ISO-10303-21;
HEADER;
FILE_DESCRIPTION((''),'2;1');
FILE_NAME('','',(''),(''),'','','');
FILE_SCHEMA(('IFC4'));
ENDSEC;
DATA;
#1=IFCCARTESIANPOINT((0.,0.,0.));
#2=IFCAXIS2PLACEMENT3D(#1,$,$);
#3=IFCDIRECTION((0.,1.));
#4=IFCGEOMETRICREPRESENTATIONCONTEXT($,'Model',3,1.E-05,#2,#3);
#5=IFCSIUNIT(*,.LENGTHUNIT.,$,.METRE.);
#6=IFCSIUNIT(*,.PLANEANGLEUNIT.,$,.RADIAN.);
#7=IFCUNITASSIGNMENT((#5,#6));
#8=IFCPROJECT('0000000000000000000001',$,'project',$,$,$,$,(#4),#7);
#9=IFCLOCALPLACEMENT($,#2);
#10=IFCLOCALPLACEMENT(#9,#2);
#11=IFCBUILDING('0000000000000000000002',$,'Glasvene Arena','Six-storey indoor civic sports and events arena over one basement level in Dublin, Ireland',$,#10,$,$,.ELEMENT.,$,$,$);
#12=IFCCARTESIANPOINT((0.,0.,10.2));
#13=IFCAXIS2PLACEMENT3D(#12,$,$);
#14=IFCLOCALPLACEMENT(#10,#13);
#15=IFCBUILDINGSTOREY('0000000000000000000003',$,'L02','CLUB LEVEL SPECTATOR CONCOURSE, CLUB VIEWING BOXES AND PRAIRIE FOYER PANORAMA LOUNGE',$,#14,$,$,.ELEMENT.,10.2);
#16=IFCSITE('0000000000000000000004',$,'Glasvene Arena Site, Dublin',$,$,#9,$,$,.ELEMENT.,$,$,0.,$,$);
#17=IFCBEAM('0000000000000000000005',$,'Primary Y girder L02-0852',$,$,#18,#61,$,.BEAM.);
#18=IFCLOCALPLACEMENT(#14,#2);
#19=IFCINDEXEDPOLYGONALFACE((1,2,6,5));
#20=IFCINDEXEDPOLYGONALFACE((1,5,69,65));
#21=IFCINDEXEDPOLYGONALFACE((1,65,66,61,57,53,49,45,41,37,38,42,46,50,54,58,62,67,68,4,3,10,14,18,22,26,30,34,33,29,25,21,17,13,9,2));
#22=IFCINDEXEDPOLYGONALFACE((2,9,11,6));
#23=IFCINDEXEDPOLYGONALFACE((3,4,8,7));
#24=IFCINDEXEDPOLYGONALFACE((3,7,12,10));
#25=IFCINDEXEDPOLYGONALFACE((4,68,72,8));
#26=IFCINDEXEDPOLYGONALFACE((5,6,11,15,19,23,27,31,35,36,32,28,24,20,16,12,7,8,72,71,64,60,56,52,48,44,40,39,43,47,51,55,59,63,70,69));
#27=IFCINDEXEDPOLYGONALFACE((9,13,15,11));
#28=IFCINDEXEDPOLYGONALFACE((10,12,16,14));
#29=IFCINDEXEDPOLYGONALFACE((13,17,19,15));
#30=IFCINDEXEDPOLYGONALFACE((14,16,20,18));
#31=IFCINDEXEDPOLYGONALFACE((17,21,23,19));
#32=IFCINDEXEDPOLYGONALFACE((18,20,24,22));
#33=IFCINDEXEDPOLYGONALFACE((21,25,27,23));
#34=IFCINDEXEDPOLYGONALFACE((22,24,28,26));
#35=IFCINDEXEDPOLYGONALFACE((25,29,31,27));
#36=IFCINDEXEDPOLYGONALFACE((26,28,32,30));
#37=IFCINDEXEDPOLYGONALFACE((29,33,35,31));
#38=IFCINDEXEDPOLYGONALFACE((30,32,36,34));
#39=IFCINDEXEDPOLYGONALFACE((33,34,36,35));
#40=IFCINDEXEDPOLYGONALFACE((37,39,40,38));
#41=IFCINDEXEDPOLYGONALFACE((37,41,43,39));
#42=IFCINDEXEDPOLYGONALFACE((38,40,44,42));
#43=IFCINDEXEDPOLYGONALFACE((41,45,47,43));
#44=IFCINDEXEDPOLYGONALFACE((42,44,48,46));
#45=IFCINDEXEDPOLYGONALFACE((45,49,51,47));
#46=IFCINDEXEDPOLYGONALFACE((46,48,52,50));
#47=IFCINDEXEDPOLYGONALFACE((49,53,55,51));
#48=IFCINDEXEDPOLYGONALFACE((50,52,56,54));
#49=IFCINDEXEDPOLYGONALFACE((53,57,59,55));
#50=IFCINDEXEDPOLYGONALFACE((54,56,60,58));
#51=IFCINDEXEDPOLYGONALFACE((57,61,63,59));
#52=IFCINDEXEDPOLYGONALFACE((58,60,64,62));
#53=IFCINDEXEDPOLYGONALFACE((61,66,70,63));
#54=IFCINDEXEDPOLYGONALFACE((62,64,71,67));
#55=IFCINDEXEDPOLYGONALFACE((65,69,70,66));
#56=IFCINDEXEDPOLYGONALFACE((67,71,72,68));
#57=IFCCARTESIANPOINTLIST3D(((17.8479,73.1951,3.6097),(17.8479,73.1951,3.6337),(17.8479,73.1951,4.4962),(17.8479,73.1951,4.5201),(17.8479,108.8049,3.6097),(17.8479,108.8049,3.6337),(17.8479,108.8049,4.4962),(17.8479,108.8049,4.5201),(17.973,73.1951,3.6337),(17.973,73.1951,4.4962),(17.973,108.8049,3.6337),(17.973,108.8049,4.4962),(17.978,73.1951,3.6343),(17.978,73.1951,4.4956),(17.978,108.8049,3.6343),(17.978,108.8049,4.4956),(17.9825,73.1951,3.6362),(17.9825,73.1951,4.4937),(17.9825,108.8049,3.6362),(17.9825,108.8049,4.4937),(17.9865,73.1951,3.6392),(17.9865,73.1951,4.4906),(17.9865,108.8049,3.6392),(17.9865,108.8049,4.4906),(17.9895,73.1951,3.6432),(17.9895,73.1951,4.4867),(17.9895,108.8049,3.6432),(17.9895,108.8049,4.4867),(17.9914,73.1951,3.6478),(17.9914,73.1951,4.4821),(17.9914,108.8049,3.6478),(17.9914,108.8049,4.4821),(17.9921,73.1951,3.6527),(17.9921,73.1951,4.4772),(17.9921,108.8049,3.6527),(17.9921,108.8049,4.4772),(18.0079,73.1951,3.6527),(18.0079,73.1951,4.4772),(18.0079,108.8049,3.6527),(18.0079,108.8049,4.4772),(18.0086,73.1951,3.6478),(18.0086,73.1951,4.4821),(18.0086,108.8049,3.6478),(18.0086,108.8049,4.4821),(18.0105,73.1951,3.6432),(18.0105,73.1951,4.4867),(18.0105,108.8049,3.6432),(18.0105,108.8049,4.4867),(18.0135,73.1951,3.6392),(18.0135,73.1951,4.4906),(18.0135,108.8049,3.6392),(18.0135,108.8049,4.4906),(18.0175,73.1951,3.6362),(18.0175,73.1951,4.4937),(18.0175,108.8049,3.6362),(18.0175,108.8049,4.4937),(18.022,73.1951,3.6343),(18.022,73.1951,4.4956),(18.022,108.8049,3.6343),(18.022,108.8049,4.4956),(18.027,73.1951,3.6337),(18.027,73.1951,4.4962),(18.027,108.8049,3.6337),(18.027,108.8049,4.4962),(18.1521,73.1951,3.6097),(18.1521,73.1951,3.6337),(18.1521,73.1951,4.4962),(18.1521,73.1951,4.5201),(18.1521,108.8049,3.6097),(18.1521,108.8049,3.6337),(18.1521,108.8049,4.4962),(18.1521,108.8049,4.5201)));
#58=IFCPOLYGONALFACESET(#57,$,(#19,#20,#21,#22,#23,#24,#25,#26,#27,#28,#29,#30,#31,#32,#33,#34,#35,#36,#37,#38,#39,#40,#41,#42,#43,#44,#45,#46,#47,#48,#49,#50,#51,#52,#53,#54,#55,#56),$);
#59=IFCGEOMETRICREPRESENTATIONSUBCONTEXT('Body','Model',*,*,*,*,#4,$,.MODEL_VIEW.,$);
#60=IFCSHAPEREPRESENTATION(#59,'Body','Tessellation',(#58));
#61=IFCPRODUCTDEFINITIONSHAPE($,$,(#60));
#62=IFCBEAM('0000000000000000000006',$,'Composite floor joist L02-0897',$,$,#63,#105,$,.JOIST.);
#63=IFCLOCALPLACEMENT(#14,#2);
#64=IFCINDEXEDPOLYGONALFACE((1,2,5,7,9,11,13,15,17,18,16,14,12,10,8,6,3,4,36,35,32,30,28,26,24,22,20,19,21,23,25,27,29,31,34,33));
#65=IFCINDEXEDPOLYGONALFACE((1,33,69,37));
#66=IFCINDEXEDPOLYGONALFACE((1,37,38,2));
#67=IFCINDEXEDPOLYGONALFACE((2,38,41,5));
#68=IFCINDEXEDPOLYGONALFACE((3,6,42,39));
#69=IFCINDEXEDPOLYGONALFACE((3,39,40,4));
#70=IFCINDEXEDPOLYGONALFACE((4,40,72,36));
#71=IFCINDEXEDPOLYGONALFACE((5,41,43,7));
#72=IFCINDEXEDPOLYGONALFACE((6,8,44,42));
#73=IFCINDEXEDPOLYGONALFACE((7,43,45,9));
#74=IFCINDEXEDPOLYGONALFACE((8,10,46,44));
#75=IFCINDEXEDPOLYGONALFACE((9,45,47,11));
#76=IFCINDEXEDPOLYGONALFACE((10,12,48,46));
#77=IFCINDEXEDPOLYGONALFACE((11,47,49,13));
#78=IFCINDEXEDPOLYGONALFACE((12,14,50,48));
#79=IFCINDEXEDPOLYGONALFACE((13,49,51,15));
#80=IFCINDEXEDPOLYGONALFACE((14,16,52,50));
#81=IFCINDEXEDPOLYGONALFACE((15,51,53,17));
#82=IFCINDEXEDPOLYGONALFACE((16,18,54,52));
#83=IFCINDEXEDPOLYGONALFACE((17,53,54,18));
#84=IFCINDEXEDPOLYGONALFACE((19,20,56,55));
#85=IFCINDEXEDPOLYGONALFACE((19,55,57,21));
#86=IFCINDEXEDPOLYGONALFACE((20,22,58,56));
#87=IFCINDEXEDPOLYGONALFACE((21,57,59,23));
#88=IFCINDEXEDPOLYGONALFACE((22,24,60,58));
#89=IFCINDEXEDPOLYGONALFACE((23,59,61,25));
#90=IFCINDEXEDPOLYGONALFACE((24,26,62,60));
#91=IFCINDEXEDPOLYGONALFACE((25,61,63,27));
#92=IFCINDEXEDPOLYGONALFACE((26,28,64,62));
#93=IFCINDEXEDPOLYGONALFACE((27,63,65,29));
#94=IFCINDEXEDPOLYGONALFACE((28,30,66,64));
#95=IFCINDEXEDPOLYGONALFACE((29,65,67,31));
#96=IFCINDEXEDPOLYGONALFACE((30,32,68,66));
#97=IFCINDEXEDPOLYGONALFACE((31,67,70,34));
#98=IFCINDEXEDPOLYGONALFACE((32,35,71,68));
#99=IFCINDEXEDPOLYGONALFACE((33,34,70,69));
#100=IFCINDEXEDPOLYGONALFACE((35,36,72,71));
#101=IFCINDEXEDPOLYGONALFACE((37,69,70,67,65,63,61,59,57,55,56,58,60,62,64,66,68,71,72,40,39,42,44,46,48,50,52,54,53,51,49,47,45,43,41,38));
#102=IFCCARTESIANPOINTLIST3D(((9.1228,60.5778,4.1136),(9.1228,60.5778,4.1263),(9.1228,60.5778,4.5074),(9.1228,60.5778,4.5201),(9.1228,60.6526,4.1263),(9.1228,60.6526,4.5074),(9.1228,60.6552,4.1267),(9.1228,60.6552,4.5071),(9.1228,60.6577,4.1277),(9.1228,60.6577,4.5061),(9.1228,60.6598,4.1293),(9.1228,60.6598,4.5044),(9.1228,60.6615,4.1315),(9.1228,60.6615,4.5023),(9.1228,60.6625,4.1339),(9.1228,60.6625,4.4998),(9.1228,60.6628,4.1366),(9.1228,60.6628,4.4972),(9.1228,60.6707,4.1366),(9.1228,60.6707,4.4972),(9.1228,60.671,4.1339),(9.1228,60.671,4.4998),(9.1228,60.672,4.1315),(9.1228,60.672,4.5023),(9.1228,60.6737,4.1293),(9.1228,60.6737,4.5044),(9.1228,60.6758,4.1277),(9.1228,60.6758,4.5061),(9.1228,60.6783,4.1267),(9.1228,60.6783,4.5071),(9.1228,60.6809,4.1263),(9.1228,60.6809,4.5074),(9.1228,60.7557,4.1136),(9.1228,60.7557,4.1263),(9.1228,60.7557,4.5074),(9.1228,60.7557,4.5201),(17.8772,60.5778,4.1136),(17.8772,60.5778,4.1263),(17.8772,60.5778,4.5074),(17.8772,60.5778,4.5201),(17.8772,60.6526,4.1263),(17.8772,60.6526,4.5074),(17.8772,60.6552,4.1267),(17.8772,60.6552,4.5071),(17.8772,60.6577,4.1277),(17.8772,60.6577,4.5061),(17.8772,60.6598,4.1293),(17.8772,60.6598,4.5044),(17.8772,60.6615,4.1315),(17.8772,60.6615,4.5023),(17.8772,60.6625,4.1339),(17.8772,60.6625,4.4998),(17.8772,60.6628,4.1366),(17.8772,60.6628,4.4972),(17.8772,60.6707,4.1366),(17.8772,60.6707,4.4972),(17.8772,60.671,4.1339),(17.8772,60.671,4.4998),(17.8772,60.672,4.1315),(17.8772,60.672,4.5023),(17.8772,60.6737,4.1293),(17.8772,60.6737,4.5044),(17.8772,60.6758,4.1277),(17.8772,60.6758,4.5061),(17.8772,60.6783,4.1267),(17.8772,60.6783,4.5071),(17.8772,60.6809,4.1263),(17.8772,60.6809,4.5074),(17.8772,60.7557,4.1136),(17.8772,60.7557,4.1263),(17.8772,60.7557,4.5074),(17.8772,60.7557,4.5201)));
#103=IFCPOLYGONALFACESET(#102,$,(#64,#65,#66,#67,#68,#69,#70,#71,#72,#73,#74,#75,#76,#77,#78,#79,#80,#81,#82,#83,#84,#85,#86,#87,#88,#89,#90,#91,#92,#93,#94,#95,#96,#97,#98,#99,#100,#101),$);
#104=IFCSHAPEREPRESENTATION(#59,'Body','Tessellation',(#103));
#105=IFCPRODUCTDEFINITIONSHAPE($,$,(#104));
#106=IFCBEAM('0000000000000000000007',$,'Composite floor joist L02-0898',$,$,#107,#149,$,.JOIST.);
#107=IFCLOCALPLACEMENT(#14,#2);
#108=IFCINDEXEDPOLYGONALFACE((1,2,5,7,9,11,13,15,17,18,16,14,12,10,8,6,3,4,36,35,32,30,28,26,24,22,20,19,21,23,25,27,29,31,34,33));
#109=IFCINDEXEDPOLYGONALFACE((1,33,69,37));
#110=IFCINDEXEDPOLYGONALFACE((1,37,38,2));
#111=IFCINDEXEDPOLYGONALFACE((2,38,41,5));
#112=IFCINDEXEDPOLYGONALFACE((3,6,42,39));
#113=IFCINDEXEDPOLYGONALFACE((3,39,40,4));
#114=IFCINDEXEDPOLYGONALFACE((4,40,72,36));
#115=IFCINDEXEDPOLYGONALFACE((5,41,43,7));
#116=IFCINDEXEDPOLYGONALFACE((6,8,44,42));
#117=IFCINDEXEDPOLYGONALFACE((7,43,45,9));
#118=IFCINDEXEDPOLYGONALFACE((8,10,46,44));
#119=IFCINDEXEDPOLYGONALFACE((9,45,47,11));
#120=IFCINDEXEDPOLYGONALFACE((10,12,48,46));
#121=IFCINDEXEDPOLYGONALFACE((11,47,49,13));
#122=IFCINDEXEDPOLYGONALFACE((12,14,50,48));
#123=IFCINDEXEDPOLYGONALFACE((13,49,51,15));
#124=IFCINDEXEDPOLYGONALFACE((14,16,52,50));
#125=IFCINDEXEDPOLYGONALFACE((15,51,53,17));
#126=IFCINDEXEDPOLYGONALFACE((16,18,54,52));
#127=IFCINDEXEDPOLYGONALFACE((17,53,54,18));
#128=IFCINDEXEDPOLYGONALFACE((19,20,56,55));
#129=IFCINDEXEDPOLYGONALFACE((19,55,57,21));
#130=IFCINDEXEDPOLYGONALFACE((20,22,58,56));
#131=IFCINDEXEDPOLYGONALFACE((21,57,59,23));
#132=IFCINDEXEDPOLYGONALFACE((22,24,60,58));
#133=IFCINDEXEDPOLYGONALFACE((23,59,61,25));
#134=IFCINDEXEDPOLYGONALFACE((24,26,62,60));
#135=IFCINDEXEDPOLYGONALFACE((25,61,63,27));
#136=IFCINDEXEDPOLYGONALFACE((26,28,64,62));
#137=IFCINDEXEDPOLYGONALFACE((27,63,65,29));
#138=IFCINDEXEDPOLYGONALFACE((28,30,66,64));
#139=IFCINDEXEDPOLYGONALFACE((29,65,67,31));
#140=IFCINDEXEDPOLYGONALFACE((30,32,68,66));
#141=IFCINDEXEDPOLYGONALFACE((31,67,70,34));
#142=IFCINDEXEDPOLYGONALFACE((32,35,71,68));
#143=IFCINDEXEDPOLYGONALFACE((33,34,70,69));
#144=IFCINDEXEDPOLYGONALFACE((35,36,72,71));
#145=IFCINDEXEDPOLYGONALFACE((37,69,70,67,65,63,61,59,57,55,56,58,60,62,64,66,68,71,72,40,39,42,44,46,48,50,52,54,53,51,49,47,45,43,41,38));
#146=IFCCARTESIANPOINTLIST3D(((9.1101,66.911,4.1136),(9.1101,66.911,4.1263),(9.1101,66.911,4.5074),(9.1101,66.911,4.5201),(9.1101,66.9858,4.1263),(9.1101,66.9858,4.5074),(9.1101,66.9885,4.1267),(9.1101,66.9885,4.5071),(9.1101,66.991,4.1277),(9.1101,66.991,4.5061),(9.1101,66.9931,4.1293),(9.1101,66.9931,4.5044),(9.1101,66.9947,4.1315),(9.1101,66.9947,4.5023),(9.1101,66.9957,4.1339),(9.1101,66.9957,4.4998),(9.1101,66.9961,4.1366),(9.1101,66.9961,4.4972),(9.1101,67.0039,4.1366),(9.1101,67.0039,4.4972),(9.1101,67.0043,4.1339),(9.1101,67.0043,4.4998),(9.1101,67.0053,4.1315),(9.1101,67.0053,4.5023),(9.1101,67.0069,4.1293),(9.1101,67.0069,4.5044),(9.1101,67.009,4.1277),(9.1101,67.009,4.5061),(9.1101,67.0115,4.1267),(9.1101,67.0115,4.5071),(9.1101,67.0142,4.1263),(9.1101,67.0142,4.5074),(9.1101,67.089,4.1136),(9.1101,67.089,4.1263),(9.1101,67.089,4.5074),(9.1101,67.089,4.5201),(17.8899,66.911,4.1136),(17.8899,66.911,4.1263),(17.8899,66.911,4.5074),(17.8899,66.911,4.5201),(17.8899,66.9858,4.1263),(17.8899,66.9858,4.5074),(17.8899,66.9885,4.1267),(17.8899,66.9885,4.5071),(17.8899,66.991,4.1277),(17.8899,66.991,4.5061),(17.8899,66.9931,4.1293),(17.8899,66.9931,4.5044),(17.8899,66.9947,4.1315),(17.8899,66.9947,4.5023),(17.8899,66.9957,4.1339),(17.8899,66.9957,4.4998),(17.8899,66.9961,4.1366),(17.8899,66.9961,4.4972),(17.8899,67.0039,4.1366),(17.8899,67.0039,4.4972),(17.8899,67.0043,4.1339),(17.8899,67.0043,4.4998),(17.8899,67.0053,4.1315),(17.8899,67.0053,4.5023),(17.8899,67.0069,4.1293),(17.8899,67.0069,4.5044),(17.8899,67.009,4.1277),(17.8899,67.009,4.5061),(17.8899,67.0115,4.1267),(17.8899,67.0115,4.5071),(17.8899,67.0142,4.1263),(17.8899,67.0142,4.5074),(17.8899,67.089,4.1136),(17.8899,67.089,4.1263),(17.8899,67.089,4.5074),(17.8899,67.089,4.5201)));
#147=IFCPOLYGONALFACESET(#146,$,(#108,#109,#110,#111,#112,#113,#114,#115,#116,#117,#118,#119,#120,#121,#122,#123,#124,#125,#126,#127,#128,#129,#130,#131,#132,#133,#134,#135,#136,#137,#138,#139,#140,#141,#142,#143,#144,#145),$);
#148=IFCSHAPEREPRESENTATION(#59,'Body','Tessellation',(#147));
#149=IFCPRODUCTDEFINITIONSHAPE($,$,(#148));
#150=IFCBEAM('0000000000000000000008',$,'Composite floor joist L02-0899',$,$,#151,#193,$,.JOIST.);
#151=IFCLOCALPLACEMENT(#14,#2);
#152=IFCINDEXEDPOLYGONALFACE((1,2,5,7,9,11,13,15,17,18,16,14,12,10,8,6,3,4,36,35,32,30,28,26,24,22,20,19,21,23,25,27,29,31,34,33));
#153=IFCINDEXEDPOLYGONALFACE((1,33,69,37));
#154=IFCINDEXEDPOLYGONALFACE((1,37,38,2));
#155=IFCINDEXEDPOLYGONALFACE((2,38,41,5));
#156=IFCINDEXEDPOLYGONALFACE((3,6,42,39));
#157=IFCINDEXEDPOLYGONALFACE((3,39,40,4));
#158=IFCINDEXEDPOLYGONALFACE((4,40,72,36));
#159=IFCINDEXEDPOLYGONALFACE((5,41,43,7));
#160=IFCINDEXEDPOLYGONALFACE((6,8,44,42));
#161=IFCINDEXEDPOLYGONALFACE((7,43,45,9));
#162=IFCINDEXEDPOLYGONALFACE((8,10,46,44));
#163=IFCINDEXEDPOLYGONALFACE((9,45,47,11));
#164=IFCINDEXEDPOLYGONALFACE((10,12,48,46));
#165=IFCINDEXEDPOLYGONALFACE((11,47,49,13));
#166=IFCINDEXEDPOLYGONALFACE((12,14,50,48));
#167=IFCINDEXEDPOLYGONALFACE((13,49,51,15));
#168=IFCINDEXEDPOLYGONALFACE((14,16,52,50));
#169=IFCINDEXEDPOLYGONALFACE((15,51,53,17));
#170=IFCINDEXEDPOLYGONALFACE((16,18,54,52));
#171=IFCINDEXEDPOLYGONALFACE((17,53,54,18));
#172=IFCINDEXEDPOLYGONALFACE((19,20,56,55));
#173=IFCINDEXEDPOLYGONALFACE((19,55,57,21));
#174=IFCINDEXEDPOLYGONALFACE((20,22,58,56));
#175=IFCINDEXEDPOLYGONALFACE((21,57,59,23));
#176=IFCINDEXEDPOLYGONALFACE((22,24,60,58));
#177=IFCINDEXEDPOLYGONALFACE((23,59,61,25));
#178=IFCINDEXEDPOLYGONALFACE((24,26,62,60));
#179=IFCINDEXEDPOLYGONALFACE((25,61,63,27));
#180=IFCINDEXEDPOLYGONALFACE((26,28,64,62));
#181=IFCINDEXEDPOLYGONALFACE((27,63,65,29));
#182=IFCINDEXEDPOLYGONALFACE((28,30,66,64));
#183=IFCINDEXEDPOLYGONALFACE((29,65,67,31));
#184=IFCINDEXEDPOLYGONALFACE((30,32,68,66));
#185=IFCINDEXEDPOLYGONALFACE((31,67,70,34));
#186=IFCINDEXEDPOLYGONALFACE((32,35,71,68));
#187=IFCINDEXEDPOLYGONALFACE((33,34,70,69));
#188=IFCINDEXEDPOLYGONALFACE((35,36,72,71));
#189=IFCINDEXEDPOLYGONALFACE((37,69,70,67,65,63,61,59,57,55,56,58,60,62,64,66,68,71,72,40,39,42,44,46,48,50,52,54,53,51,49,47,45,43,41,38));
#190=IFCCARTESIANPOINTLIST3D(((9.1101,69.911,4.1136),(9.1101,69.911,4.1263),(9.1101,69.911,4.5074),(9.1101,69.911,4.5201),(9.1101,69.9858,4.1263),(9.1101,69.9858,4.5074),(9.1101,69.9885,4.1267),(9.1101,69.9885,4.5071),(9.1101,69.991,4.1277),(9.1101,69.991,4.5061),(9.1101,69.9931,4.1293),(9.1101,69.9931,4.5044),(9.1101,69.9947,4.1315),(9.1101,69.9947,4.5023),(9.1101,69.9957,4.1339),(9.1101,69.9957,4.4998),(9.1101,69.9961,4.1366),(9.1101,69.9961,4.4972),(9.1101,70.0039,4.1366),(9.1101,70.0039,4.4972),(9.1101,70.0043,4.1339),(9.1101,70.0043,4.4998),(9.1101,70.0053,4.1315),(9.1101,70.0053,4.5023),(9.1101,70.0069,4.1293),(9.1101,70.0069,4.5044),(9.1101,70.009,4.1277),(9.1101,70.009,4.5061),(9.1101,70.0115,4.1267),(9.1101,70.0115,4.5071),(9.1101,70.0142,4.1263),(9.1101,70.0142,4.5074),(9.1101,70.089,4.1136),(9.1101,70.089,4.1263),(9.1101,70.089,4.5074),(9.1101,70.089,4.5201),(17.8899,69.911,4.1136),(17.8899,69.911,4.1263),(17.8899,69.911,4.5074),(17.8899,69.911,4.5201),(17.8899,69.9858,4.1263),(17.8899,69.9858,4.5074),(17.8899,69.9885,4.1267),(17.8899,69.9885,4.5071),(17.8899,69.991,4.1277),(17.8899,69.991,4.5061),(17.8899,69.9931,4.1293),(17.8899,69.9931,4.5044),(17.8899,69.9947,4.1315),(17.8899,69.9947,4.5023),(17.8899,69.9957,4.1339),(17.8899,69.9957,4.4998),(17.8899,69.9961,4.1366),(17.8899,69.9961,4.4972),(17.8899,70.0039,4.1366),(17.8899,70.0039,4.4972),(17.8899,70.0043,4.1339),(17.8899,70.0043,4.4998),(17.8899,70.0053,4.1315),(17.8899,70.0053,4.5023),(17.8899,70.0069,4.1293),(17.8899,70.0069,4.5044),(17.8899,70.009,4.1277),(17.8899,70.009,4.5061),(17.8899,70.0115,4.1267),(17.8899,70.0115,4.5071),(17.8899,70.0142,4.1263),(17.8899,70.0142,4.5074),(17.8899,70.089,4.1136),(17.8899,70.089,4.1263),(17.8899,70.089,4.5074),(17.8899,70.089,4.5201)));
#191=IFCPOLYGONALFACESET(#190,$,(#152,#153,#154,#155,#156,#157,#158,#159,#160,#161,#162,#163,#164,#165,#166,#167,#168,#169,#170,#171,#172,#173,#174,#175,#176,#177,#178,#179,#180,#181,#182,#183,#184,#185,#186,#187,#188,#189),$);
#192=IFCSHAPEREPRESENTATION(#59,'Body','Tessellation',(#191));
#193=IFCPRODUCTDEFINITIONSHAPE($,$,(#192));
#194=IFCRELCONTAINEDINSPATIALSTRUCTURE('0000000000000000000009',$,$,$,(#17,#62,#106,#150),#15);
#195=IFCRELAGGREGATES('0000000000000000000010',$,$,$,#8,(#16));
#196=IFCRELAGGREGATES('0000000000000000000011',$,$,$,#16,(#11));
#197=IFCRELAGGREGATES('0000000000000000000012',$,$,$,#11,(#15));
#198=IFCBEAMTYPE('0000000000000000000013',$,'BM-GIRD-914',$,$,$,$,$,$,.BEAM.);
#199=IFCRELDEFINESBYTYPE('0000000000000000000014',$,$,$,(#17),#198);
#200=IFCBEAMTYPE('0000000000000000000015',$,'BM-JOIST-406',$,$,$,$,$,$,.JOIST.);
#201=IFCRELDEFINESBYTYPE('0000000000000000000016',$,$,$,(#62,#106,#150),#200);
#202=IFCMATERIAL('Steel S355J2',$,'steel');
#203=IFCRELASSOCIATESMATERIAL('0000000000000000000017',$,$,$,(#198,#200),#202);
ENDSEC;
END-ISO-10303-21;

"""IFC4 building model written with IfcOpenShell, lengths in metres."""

from ifc_helpers import new_model, si_unit, direction, frame, origin, origin_2d, place, context, subcontext, project, spatial, i_section, extrude, material, material_profile, profile_set, type_object, element, save


model = new_model("IFC4")

# Units and contexts
model_context = context("Model", 3, precision=1e-05, world=origin(), true_north=direction((0.0, 1.0)))
body_context = subcontext(model_context, "Body", "Model", "MODEL_VIEW")
ifc_project = project(units=[si_unit("LENGTHUNIT", "METRE"), si_unit("PLANEANGLEUNIT", "RADIAN")], contexts=[model_context])

# Site, building, storey
site_placement = place(None, origin())
site = spatial("IfcSite", under=ifc_project, at=site_placement, Name="Glasvene Arena Site, Dublin", CompositionType="ELEMENT", RefElevation=0.0)
building_placement = place(site_placement, origin())
building = spatial("IfcBuilding", under=site, at=building_placement, Name="Glasvene Arena", Description="Six-storey indoor civic sports and events arena over one basement level in Dublin, Ireland", CompositionType="ELEMENT")
storey_placement = place(building_placement, frame((0.0, 0.0, 10.2)))
storey = spatial("IfcBuildingStorey", under=building, at=storey_placement, Name="L02", Description="CLUB LEVEL SPECTATOR CONCOURSE, CLUB VIEWING BOXES AND PRAIRIE FOYER PANORAMA LOUNGE", CompositionType="ELEMENT", Elevation=10.2)

# Shared definitions
ifc_material_1 = material(Name="Steel S355J2", Category="steel")

# Beams
ifc_material_profile_1 = material_profile(ifc_material_1, i_section(OverallWidth=0.3042, OverallDepth=0.9104, WebThickness=0.0159, FlangeThickness=0.0239, FilletRadius=0.019, at=origin_2d()), Name="UKB 914x305x224")
ifc_profile_set_1 = profile_set([ifc_material_profile_1], Name="Steel S355J2")
beam_type_1 = type_object("IfcBeamType", Name="BM-GIRD-914", PredefinedType="BEAM", material=ifc_profile_set_1)
beam_1_placement = place(storey_placement, frame((18.0, 73.1951, 4.0649), z_axis=(0.0, 1.0, 0.0), x_axis=(-1.0, 0.0, 0.0)))
element("IfcBeam", 1, at=beam_1_placement, inside=storey, type_object=beam_type_1, Name="Primary Y girder L02-0852", PredefinedType="BEAM", context=body_context, shape_type="SweptSolid", body=[
    extrude(i_section(OverallWidth=0.3042, OverallDepth=0.9104, WebThickness=0.0159, FlangeThickness=0.0239, FilletRadius=0.019, at=origin_2d()), origin(), (0.0, 0.0, 1.0), 35.6099),
])
ifc_material_profile_2 = material_profile(ifc_material_1, i_section(OverallWidth=0.178, OverallDepth=0.4065, WebThickness=0.0078, FlangeThickness=0.0127, FilletRadius=0.0103, at=origin_2d()), Name="UKB 406x178x60")
ifc_profile_set_2 = profile_set([ifc_material_profile_2], Name="Steel S355J2")
beam_type_2 = type_object("IfcBeamType", Name="BM-JOIST-406", PredefinedType="JOIST", material=ifc_profile_set_2)
beam_2_placement = place(storey_placement, frame((9.1228, 60.6667, 4.3169), z_axis=(1.0, 0.0, 0.0), x_axis=(0.0, 1.0, 0.0)))
element("IfcBeam", 2, at=beam_2_placement, inside=storey, type_object=beam_type_2, Name="Composite floor joist L02-0897", PredefinedType="JOIST", context=body_context, shape_type="SweptSolid", body=[
    extrude(i_section(OverallWidth=0.178, OverallDepth=0.4065, WebThickness=0.0078, FlangeThickness=0.0127, FilletRadius=0.0103, at=origin_2d()), origin(), (0.0, 0.0, 1.0), 8.7544),
])
for number, where, z_axis, x_axis, name in (
    (3, (9.1101, 67.0, 4.3169), (1.0, 0.0, 0.0), (0.0, 1.0, 0.0), "Composite floor joist L02-0898"),
    (4, (9.1101, 70.0, 4.3169), (1.0, 0.0, 0.0), (0.0, 1.0, 0.0), "Composite floor joist L02-0899"),
):
    element("IfcBeam", number, at=place(storey_placement, frame(where, z_axis=z_axis, x_axis=x_axis)), inside=storey, type_object=beam_type_2, Name=name, PredefinedType="JOIST", context=body_context, shape_type="SweptSolid", body=[
        extrude(i_section(OverallWidth=0.178, OverallDepth=0.4065, WebThickness=0.0078, FlangeThickness=0.0127, FilletRadius=0.0103, at=origin_2d()), origin(), (0.0, 0.0, 1.0), 8.7798),
    ])

save(model, "model.ifc")
